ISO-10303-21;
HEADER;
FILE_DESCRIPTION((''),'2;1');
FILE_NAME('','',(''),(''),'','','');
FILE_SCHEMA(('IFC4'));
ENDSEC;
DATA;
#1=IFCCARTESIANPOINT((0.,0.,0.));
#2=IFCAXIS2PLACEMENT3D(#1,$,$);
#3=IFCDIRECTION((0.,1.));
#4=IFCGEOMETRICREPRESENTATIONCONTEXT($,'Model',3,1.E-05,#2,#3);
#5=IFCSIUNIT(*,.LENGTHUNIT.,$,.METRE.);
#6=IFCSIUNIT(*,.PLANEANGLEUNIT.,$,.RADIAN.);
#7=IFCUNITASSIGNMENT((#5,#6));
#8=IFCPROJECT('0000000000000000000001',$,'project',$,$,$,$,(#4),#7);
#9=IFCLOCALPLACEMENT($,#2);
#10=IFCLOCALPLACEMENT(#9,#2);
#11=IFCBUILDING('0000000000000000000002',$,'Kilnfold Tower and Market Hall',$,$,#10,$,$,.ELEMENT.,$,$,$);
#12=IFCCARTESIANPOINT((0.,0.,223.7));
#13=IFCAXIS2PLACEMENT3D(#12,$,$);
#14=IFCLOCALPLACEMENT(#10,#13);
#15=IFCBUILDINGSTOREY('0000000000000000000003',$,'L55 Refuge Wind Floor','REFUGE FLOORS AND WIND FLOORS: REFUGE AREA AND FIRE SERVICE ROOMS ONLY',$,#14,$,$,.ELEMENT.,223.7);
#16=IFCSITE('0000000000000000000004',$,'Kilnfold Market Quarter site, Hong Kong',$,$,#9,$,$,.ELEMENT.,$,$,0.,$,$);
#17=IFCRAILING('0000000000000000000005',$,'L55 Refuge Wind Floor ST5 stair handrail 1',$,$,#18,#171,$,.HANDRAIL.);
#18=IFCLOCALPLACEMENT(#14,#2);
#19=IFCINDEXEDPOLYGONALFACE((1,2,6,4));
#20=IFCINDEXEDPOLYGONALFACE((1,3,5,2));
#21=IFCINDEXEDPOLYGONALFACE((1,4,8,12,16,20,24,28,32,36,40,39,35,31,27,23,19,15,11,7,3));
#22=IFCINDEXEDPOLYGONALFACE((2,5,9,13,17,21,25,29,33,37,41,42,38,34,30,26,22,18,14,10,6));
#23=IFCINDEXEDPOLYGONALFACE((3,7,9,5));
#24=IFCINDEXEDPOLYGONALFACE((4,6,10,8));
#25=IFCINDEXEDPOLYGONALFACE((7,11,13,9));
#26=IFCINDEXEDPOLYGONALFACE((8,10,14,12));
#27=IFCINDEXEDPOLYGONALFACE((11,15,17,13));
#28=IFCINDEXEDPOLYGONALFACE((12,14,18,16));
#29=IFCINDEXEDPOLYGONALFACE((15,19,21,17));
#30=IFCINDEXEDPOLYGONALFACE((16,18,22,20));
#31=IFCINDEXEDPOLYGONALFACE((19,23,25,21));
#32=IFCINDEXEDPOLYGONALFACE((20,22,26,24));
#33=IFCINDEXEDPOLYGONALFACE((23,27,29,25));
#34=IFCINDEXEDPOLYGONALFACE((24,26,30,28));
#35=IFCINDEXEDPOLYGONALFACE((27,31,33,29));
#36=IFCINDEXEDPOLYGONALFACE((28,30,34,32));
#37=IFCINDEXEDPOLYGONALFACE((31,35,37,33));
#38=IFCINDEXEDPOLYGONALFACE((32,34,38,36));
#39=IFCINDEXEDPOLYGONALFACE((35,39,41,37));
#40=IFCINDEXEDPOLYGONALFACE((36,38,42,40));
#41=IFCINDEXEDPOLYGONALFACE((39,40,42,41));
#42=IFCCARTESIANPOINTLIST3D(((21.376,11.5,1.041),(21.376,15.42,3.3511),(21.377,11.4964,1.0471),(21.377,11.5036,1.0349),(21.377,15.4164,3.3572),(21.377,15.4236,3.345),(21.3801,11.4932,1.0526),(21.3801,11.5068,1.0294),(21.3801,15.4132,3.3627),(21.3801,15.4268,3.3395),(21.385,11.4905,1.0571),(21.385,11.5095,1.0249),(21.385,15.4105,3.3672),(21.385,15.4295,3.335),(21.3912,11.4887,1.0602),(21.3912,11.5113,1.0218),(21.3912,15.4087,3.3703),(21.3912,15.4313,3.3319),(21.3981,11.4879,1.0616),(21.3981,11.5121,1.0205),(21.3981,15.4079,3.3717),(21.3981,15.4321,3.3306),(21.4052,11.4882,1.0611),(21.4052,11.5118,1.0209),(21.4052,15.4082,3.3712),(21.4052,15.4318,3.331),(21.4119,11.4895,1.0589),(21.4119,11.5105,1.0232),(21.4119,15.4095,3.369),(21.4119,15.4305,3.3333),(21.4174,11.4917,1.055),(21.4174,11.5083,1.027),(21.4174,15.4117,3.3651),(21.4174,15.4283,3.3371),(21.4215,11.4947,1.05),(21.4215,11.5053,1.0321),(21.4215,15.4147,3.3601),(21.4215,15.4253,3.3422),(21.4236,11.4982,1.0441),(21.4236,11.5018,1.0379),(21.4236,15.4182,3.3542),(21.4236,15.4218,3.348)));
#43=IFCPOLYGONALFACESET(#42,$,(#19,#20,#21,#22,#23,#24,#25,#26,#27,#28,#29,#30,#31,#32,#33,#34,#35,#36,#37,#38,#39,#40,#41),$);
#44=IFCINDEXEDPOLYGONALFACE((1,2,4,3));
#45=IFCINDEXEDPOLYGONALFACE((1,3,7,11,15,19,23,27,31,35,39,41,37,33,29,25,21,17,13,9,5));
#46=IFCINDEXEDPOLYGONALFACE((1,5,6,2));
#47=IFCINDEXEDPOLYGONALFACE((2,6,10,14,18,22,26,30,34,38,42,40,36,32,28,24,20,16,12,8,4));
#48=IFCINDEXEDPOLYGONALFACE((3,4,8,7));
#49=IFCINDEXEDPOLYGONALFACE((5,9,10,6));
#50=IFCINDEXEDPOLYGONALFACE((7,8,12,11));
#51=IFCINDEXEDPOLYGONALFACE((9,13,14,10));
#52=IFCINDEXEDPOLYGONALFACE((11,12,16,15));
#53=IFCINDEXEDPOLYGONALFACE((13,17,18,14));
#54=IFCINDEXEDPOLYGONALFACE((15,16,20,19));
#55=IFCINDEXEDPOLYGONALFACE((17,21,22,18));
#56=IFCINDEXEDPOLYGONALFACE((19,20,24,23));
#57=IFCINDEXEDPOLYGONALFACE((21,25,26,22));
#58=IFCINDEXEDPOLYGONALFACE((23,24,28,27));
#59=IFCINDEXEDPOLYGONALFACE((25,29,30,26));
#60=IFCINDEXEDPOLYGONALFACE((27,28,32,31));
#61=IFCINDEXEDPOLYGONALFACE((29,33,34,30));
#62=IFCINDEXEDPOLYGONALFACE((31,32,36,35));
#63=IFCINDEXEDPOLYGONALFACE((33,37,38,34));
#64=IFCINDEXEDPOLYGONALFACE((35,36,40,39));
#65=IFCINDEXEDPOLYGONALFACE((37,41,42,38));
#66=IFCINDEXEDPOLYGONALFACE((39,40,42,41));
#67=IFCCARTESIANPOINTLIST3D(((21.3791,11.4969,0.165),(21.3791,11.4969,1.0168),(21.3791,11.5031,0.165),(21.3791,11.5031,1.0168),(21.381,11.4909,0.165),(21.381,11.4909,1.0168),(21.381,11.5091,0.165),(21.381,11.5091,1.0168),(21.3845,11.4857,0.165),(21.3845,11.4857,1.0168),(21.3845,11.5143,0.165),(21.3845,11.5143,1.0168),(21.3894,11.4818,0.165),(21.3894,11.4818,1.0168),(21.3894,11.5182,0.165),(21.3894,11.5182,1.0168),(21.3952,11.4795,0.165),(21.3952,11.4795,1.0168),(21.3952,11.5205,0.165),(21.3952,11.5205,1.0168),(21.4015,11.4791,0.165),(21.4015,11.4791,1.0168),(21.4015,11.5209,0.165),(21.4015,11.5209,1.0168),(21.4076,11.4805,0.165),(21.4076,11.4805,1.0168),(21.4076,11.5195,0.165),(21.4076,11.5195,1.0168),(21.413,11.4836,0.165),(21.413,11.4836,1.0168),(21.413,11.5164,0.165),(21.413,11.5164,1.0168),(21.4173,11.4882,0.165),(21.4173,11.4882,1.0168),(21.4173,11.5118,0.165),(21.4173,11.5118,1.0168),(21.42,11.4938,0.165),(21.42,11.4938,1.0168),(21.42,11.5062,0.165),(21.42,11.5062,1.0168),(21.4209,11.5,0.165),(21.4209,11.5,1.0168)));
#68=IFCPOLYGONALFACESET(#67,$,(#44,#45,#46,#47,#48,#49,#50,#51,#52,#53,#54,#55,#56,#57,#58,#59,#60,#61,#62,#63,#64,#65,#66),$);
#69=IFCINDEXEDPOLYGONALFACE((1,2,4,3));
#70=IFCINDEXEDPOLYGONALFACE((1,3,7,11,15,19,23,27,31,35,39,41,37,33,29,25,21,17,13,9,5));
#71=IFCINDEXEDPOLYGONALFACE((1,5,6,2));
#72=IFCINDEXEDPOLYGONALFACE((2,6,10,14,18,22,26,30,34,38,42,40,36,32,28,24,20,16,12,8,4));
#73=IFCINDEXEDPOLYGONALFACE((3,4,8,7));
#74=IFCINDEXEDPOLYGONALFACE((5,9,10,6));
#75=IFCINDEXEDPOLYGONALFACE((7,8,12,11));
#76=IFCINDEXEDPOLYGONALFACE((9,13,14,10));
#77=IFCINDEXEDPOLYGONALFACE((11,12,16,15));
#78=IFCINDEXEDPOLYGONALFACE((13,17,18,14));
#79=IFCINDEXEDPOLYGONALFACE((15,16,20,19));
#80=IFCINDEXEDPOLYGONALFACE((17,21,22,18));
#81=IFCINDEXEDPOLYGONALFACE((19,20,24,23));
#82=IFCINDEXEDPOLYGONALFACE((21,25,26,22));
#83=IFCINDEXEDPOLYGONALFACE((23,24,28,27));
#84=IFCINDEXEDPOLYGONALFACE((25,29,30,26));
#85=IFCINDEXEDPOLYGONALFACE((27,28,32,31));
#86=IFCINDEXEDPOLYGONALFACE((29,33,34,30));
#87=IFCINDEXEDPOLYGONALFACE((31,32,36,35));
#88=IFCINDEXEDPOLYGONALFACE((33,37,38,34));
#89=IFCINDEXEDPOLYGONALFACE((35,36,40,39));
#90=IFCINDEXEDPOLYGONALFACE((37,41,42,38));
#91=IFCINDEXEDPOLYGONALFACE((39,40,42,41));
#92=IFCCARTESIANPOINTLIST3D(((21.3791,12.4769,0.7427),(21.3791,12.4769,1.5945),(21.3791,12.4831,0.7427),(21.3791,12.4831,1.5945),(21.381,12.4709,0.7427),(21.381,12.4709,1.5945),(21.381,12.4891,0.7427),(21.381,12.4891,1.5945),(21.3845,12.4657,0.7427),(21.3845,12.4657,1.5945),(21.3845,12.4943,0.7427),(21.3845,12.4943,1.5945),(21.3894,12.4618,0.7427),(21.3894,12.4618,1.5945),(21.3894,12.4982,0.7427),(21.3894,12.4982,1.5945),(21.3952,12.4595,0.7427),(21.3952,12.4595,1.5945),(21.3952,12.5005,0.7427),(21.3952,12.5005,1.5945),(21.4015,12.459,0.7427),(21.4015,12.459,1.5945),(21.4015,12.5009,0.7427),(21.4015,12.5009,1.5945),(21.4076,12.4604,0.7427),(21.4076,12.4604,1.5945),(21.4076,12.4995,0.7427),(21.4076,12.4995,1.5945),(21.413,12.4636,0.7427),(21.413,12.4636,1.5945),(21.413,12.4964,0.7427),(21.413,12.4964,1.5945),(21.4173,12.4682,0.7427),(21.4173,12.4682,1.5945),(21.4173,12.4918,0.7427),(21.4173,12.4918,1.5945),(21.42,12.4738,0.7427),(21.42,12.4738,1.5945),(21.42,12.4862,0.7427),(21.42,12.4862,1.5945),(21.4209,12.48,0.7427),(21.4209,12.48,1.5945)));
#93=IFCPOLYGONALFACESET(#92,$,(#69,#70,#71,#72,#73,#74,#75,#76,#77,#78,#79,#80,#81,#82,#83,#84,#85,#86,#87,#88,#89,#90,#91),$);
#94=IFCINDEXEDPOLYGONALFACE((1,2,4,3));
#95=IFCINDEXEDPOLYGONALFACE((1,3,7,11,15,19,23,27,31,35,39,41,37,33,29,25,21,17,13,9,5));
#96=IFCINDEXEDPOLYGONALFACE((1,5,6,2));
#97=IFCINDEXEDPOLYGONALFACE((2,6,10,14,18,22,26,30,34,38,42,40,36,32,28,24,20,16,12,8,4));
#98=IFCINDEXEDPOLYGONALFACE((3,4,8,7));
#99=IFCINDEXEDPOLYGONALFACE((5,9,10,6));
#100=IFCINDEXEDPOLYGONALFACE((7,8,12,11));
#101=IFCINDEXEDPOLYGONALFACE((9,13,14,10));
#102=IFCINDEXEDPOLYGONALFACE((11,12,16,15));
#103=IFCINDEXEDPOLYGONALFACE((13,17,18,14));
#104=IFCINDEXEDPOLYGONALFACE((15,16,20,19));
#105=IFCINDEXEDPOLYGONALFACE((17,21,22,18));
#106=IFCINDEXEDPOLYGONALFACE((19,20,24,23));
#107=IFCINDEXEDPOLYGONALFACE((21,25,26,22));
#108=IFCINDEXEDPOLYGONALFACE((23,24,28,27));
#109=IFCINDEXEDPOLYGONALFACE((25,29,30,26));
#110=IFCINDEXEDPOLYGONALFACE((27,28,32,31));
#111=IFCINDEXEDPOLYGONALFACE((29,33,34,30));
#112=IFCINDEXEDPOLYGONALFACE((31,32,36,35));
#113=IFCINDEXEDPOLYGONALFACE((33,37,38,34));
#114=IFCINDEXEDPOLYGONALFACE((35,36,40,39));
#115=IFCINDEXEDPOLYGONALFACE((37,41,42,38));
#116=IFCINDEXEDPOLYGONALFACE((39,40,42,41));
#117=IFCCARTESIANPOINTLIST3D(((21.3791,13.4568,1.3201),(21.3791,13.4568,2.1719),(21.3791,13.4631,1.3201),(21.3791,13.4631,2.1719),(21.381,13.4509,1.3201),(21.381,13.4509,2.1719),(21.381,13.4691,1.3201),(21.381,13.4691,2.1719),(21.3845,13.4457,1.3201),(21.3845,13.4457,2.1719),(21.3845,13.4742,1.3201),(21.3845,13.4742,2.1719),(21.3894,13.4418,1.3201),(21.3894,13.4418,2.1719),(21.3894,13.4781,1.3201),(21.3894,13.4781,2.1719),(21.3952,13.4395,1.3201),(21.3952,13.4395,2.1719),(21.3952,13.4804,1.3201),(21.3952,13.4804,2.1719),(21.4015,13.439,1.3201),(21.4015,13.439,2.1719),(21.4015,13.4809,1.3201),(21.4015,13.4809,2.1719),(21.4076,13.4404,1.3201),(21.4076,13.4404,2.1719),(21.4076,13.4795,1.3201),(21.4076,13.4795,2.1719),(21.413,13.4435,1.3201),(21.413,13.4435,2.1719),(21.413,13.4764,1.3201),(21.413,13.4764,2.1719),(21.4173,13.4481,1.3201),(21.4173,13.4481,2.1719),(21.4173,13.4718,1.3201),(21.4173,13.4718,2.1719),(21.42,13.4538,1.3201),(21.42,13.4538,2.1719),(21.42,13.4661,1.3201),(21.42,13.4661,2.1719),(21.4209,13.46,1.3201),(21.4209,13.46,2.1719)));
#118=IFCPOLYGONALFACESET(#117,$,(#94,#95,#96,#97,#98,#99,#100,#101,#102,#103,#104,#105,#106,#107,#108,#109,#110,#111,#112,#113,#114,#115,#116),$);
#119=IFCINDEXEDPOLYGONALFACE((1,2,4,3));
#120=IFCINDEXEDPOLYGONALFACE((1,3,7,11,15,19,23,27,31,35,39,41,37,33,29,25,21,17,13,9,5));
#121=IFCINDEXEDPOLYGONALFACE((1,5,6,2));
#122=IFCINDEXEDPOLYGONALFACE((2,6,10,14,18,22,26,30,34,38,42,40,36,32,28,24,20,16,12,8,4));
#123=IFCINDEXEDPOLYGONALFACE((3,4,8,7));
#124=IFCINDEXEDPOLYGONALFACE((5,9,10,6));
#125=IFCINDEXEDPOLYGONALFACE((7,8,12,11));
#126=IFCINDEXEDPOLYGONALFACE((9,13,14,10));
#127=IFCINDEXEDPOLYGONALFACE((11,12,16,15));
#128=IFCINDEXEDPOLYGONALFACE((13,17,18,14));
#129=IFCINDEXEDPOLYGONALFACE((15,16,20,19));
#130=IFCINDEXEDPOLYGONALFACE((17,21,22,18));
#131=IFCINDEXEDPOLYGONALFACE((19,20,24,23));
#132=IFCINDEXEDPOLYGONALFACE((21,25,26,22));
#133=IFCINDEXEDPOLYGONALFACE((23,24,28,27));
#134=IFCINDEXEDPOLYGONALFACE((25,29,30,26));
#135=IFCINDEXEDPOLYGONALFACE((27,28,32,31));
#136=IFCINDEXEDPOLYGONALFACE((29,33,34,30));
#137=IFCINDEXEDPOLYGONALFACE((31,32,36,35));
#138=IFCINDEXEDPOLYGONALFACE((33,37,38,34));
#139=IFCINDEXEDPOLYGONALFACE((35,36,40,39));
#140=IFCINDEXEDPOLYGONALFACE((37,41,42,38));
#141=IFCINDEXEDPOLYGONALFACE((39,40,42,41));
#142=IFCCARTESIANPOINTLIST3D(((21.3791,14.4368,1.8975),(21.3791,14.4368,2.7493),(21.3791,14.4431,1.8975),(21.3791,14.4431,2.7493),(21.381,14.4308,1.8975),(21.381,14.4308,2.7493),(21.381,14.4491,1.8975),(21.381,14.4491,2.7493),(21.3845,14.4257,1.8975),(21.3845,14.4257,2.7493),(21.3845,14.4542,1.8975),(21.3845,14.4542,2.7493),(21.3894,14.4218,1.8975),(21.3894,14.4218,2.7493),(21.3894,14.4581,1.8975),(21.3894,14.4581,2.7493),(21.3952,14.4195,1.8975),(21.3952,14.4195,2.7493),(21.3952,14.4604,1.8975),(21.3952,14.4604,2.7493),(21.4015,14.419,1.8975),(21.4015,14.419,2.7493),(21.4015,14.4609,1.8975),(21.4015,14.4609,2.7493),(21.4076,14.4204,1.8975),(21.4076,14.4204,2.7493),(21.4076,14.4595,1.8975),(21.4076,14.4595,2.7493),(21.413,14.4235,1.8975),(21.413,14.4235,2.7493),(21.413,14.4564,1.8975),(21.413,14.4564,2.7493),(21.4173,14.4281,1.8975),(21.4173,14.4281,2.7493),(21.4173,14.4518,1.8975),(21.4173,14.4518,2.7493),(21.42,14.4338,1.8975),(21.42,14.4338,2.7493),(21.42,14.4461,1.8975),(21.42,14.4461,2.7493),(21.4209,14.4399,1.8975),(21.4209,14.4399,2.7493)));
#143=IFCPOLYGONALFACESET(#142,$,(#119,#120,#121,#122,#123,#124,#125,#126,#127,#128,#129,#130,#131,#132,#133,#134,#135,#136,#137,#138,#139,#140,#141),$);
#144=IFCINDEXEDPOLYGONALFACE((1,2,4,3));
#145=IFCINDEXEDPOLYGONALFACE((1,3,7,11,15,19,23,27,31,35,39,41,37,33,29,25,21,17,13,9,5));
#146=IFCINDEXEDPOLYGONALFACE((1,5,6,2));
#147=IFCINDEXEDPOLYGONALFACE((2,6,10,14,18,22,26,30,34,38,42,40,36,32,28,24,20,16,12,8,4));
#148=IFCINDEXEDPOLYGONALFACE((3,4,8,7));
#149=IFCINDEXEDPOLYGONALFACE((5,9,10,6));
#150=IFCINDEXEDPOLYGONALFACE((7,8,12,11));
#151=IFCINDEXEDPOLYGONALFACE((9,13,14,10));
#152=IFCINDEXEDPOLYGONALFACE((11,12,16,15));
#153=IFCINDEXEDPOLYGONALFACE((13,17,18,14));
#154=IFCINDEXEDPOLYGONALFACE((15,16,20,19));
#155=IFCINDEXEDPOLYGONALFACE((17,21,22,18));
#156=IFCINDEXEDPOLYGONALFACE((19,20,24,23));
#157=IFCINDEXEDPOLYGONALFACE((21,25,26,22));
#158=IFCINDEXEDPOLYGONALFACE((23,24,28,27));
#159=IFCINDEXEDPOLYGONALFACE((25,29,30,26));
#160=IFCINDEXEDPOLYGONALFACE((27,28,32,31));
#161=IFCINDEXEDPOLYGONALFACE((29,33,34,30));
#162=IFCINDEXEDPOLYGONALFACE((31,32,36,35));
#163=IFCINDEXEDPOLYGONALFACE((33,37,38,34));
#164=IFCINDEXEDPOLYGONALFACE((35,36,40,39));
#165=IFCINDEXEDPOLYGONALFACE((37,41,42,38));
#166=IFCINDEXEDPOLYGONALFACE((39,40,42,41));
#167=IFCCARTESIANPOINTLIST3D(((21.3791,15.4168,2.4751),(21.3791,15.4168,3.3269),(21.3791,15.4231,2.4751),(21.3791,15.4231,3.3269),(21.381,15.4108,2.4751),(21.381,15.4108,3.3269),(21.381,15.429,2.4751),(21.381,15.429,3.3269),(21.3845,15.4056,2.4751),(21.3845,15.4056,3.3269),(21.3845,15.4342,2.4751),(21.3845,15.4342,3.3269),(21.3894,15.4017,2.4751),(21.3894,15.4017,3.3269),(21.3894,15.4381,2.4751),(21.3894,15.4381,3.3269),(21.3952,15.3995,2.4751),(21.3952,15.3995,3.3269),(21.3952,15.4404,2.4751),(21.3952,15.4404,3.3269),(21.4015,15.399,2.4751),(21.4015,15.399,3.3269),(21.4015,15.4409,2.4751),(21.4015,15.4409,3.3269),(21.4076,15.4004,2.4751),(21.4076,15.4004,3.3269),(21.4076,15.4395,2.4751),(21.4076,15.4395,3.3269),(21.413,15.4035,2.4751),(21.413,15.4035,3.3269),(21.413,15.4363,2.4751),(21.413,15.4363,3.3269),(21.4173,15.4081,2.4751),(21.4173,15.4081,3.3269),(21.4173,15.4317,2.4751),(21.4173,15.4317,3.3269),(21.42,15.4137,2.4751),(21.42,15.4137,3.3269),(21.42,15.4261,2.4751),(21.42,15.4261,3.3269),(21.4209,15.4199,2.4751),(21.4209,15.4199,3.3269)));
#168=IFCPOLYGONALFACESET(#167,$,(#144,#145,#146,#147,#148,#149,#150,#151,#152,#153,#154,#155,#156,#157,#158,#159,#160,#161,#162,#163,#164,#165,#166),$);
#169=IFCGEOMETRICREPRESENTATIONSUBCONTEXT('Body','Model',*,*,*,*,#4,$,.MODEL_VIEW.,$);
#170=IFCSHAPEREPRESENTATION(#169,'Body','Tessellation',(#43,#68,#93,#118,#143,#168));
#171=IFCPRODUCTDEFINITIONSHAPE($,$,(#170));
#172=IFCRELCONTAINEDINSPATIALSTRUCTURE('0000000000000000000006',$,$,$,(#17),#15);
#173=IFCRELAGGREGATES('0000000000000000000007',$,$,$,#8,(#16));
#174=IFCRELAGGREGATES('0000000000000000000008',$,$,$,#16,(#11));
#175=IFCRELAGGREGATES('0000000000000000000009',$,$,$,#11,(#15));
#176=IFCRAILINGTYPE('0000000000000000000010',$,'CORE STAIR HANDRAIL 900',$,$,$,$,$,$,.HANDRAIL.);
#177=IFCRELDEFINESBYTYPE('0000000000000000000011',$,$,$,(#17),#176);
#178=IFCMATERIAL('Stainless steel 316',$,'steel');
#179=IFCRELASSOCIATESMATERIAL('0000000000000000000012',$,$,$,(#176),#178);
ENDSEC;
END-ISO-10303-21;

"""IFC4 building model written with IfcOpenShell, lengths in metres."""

from ifc_helpers import new_model, si_unit, direction, frame, origin, origin_2d, place, context, subcontext, project, spatial, circle, extrude, material, type_object, element, save


model = new_model("IFC4")

# Units and contexts
model_context = context("Model", 3, precision=1e-05, world=origin(), true_north=direction((0.0, 1.0)))
body_context = subcontext(model_context, "Body", "Model", "MODEL_VIEW")
ifc_project = project(units=[si_unit("LENGTHUNIT", "METRE"), si_unit("PLANEANGLEUNIT", "RADIAN")], contexts=[model_context])

# Site, building, storey
site_placement = place(None, origin())
site = spatial("IfcSite", under=ifc_project, at=site_placement, Name="Kilnfold Market Quarter site, Hong Kong", CompositionType="ELEMENT", RefElevation=0.0)
building_placement = place(site_placement, origin())
building = spatial("IfcBuilding", under=site, at=building_placement, Name="Kilnfold Tower and Market Hall", CompositionType="ELEMENT")
storey_placement = place(building_placement, frame((0.0, 0.0, 223.7)))
storey = spatial("IfcBuildingStorey", under=building, at=storey_placement, Name="L55 Refuge Wind Floor", Description="REFUGE FLOORS AND WIND FLOORS: REFUGE AREA AND FIRE SERVICE ROOMS ONLY", CompositionType="ELEMENT", Elevation=223.7)

# Railing
ifc_material_1 = material(Name="Stainless steel 316", Category="steel")
railing_type_1 = type_object("IfcRailingType", Name="CORE STAIR HANDRAIL 900", PredefinedType="HANDRAIL", material=ifc_material_1)
railing_1_placement = place(storey_placement, frame((21.3999, 11.5, 0.165)))
element("IfcRailing", 1, at=railing_1_placement, inside=storey, type_object=railing_type_1, Name="L55 Refuge Wind Floor ST5 stair handrail 1", PredefinedType="HANDRAIL", context=body_context, shape_type="SweptSolid", body=[
    extrude(circle(Radius=0.0239, at=origin_2d()), frame((0.0, 0.0, 0.876), z_axis=(0.0, 0.861528, 0.507709), x_axis=(-1.0, 0.0, 0.0)), (0.0, 0.0, 1.0), 4.55),
    extrude(circle(Radius=0.021, at=origin_2d()), origin(), (0.0, 0.0, 1.0), 0.8518),
    extrude(circle(Radius=0.021, at=origin_2d()), frame((0.0, 0.98, 0.5776)), (0.0, 0.0, 1.0), 0.8518),
    extrude(circle(Radius=0.021, at=origin_2d()), frame((0.0, 1.96, 1.155)), (0.0, 0.0, 1.0), 0.8518),
    extrude(circle(Radius=0.021, at=origin_2d()), frame((0.0, 2.9399, 1.7324)), (0.0, 0.0, 1.0), 0.8518),
    extrude(circle(Radius=0.021, at=origin_2d()), frame((0.0, 3.9199, 2.3101)), (0.0, 0.0, 1.0), 0.8518),
])

save(model, "model.ifc")
